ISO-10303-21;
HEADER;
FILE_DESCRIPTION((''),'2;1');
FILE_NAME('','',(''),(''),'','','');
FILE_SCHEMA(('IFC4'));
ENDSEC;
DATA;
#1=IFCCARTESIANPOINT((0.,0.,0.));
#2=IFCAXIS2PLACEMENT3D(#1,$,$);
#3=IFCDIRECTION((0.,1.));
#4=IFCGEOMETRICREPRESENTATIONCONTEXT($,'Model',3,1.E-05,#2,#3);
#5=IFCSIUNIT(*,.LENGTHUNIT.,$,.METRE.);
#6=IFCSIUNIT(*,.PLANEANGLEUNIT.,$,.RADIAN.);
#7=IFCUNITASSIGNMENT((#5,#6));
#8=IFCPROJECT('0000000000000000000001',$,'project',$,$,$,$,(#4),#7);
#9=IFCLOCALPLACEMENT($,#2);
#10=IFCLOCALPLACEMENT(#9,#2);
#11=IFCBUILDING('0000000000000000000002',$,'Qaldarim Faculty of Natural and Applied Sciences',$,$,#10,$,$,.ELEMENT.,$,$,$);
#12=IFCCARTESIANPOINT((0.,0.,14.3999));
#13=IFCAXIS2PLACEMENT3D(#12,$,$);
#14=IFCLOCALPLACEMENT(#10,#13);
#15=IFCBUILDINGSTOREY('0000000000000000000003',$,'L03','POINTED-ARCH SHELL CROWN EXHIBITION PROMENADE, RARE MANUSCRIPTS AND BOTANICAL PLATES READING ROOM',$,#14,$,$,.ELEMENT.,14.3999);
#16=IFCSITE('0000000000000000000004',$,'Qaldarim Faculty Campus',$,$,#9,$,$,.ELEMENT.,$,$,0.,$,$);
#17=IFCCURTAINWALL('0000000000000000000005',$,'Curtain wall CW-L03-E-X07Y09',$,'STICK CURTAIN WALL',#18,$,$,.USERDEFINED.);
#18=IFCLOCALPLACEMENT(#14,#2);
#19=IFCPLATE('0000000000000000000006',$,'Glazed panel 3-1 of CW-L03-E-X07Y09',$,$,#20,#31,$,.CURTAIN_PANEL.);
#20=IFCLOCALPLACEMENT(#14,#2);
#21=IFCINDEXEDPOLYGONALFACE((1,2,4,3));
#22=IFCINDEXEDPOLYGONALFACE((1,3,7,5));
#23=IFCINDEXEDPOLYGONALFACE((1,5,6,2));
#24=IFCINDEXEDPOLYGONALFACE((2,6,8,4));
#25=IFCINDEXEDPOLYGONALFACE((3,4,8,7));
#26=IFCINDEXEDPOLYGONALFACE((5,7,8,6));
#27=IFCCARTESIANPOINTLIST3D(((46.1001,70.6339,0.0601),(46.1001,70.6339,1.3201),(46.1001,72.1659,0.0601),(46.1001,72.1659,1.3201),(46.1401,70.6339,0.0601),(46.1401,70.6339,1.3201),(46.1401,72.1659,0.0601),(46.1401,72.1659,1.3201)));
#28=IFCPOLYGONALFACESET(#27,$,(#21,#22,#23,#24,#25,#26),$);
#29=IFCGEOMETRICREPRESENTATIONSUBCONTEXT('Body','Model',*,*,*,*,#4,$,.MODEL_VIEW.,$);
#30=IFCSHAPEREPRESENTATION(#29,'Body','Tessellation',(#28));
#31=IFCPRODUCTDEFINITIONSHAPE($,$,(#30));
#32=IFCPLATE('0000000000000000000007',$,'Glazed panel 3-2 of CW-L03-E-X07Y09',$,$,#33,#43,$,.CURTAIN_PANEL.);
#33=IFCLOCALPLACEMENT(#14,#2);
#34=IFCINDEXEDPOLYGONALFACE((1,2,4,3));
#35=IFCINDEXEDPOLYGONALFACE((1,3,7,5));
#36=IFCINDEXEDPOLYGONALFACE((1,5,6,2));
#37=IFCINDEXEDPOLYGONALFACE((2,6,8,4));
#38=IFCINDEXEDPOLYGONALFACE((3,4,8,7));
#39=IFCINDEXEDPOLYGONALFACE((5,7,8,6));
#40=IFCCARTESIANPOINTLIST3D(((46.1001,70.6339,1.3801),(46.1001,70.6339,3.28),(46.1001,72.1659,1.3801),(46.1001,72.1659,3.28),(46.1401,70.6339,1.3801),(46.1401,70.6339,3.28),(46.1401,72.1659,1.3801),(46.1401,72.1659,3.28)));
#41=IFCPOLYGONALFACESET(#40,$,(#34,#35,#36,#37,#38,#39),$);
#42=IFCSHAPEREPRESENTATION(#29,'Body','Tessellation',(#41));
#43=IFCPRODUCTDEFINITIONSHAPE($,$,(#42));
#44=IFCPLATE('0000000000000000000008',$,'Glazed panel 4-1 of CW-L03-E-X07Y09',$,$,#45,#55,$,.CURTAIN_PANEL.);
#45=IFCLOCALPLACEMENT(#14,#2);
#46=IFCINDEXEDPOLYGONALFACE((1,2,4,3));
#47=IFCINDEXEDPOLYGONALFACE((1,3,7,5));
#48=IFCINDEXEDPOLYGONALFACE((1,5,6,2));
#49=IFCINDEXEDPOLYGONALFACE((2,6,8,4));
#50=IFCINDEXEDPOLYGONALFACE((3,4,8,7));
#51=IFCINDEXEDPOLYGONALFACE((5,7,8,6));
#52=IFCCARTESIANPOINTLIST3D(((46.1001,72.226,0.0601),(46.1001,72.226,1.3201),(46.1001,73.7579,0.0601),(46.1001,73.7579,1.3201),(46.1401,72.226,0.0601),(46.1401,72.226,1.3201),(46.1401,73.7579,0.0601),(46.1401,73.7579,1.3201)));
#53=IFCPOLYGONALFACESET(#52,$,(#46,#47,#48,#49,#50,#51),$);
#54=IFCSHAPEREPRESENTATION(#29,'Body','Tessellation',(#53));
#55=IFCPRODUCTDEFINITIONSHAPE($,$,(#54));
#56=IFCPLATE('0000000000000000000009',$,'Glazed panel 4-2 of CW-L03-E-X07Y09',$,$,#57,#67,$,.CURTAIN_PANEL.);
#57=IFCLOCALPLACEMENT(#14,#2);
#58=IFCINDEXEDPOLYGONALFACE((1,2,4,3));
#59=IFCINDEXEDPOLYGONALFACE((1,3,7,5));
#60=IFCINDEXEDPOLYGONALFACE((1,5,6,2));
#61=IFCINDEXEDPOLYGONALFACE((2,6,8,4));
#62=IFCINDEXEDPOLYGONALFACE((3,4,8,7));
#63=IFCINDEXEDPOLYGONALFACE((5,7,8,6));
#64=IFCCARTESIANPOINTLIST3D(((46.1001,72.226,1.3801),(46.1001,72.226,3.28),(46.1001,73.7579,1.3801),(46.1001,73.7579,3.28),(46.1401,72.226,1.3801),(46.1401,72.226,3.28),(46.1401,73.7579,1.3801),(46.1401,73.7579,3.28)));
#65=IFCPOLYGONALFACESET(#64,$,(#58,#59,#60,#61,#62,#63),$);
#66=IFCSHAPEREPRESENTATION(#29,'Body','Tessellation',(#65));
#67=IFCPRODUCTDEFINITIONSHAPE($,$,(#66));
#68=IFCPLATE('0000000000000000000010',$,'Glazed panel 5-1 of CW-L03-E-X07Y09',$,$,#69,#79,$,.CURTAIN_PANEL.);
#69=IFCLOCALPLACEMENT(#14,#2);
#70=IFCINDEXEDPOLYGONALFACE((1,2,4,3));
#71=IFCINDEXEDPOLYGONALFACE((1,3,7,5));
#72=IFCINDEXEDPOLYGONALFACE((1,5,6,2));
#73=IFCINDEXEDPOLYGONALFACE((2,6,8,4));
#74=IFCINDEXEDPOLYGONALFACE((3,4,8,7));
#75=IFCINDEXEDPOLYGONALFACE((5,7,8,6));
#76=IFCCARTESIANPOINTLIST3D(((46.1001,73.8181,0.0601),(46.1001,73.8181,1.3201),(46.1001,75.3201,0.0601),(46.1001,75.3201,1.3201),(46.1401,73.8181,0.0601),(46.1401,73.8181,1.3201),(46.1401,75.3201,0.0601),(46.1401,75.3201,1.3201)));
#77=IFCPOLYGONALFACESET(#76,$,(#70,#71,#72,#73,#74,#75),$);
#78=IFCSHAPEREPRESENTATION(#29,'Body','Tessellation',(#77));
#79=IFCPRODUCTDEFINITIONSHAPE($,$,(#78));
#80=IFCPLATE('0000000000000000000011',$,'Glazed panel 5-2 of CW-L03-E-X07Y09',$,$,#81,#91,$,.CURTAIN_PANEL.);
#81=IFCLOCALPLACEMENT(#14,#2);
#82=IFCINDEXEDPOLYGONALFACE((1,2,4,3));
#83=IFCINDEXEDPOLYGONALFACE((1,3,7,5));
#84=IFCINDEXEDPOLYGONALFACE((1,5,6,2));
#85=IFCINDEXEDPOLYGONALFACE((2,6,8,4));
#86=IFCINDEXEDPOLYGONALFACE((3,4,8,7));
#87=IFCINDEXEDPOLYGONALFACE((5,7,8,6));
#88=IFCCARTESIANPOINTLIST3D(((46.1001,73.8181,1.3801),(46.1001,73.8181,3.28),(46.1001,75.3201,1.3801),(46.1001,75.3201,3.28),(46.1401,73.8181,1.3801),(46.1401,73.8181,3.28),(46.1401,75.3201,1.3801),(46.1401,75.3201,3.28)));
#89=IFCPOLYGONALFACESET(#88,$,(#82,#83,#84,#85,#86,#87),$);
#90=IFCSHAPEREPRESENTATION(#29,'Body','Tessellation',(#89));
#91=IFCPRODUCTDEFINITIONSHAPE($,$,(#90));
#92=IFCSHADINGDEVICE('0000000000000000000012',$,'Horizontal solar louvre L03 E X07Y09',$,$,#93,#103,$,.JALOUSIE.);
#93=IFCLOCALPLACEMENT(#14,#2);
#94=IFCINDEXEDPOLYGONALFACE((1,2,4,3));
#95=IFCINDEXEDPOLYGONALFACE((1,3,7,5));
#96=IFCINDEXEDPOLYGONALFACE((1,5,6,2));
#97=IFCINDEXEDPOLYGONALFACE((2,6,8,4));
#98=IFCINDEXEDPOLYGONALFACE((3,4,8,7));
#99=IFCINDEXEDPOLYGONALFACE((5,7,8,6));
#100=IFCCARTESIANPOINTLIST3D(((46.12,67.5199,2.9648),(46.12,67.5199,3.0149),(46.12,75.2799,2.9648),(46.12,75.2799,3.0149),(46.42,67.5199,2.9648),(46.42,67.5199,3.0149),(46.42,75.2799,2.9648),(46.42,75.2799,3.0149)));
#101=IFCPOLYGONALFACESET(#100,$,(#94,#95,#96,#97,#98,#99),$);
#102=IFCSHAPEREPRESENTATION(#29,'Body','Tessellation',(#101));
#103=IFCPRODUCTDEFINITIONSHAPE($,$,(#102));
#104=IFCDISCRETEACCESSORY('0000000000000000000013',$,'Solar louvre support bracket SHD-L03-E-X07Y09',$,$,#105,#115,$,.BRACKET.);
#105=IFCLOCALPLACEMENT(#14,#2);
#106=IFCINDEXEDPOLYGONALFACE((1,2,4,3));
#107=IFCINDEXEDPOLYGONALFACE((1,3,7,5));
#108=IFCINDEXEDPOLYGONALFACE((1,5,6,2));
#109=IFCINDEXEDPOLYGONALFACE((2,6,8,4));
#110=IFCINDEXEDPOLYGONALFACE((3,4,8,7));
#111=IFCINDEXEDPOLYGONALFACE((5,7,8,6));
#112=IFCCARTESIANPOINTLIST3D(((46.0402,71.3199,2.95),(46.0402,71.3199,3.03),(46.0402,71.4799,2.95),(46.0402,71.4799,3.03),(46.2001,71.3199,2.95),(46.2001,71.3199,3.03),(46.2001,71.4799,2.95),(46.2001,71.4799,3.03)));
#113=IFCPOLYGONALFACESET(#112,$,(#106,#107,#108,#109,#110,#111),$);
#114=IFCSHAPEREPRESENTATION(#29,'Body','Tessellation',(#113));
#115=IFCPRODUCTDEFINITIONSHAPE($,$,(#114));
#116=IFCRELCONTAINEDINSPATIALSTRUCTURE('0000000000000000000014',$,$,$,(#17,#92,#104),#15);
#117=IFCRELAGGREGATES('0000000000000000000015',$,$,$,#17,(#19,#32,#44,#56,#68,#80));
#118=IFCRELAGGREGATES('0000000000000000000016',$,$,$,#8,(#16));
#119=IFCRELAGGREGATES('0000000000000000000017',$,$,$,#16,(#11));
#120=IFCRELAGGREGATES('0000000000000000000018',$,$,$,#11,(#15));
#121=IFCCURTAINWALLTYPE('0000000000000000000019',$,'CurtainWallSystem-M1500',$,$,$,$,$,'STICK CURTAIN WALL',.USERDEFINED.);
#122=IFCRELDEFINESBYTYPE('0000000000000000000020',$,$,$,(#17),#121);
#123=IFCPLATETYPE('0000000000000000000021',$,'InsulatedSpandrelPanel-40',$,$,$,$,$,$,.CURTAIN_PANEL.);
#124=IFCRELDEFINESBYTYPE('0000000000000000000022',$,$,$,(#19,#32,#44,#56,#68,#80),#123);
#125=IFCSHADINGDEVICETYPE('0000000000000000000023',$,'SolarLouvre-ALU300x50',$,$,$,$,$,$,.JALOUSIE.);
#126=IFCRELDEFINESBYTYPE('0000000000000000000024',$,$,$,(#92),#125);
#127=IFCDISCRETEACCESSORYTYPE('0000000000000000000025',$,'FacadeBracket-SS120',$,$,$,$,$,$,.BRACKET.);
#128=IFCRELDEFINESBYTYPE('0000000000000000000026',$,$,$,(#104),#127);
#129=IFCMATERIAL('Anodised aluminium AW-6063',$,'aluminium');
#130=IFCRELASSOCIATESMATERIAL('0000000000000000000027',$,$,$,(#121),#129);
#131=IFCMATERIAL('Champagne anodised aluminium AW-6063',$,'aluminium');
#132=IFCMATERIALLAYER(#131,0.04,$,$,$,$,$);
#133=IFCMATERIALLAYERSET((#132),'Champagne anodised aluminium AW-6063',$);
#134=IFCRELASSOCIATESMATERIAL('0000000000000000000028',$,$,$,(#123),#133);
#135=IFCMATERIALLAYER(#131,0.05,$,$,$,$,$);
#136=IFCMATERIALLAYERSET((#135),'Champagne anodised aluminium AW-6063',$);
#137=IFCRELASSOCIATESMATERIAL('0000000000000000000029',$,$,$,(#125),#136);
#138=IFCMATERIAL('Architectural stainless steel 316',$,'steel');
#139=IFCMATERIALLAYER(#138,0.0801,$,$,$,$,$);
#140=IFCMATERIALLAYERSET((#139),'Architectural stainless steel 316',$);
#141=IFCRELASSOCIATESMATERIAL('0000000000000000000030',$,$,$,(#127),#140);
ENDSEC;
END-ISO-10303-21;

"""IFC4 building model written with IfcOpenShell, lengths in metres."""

from ifc_helpers import new_model, si_unit, direction, frame, origin, origin_2d, place, context, subcontext, project, spatial, rectangle, extrude, material, layer, layer_set, type_object, element, aggregate, save


model = new_model("IFC4")

# Units and contexts
model_context = context("Model", 3, precision=1e-05, world=origin(), true_north=direction((0.0, 1.0)))
body_context = subcontext(model_context, "Body", "Model", "MODEL_VIEW")
ifc_project = project(units=[si_unit("LENGTHUNIT", "METRE"), si_unit("PLANEANGLEUNIT", "RADIAN")], contexts=[model_context])

# Site, building, storey
site_placement = place(None, origin())
site = spatial("IfcSite", under=ifc_project, at=site_placement, Name="Qaldarim Faculty Campus", CompositionType="ELEMENT", RefElevation=0.0)
building_placement = place(site_placement, origin())
building = spatial("IfcBuilding", under=site, at=building_placement, Name="Qaldarim Faculty of Natural and Applied Sciences", CompositionType="ELEMENT")
storey_placement = place(building_placement, frame((0.0, 0.0, 14.3999)))
storey = spatial("IfcBuildingStorey", under=building, at=storey_placement, Name="L03", Description="POINTED-ARCH SHELL CROWN EXHIBITION PROMENADE, RARE MANUSCRIPTS AND BOTANICAL PLATES READING ROOM", CompositionType="ELEMENT", Elevation=14.3999)

# Curtain wall
ifc_material_1 = material(Name="Anodised aluminium AW-6063", Category="aluminium")
curtain_wall_type = type_object("IfcCurtainWallType", Name="CurtainWallSystem-M1500", ElementType="STICK CURTAIN WALL", PredefinedType="USERDEFINED", material=ifc_material_1)
curtain_wall_placement = place(storey_placement, origin())
curtain_wall = element("IfcCurtainWall", 1, at=curtain_wall_placement, inside=storey, type_object=curtain_wall_type, Name="Curtain wall CW-L03-E-X07Y09", ObjectType="STICK CURTAIN WALL", PredefinedType="USERDEFINED")

# Plates
ifc_material_2 = material(Name="Champagne anodised aluminium AW-6063", Category="aluminium")
ifc_layer_1 = layer(ifc_material_2, 0.04)
ifc_layer_set_1 = layer_set([ifc_layer_1], Name="Champagne anodised aluminium AW-6063")
plate_type = type_object("IfcPlateType", Name="InsulatedSpandrelPanel-40", PredefinedType="CURTAIN_PANEL", material=ifc_layer_set_1)
plate_1_placement = place(storey_placement, frame((46.1201, 71.3999, 0.0601), z_axis=(0.0, 0.0, 1.0), x_axis=(0.0, 1.0, 0.0)))
plate_1 = element("IfcPlate", 2, at=plate_1_placement, type_object=plate_type, Name="Glazed panel 3-1 of CW-L03-E-X07Y09", PredefinedType="CURTAIN_PANEL", context=body_context, shape_type="SweptSolid", body=[
    extrude(rectangle(XDim=1.532, YDim=0.04, at=origin_2d()), origin(), (0.0, 0.0, 1.0), 1.26),
])
plate_2_placement = place(storey_placement, frame((46.1201, 71.3999, 1.3801), z_axis=(0.0, 0.0, 1.0), x_axis=(0.0, 1.0, 0.0)))
plate_2 = element("IfcPlate", 3, at=plate_2_placement, type_object=plate_type, Name="Glazed panel 3-2 of CW-L03-E-X07Y09", PredefinedType="CURTAIN_PANEL", context=body_context, shape_type="SweptSolid", body=[
    extrude(rectangle(XDim=1.532, YDim=0.04, at=origin_2d()), origin(), (0.0, 0.0, 1.0), 1.8999),
])
plate_3_placement = place(storey_placement, frame((46.1201, 72.9919, 0.0601), z_axis=(0.0, 0.0, 1.0), x_axis=(0.0, 1.0, 0.0)))
plate_3 = element("IfcPlate", 4, at=plate_3_placement, type_object=plate_type, Name="Glazed panel 4-1 of CW-L03-E-X07Y09", PredefinedType="CURTAIN_PANEL", context=body_context, shape_type="SweptSolid", body=[
    extrude(rectangle(XDim=1.532, YDim=0.04, at=origin_2d()), origin(), (0.0, 0.0, 1.0), 1.26),
])
plate_4_placement = place(storey_placement, frame((46.1201, 72.9919, 1.3801), z_axis=(0.0, 0.0, 1.0), x_axis=(0.0, 1.0, 0.0)))
plate_4 = element("IfcPlate", 5, at=plate_4_placement, type_object=plate_type, Name="Glazed panel 4-2 of CW-L03-E-X07Y09", PredefinedType="CURTAIN_PANEL", context=body_context, shape_type="SweptSolid", body=[
    extrude(rectangle(XDim=1.532, YDim=0.04, at=origin_2d()), origin(), (0.0, 0.0, 1.0), 1.8999),
])
plate_5_placement = place(storey_placement, frame((46.1201, 74.5691, 0.0601), z_axis=(0.0, 0.0, 1.0), x_axis=(0.0, 1.0, 0.0)))
plate_5 = element("IfcPlate", 6, at=plate_5_placement, type_object=plate_type, Name="Glazed panel 5-1 of CW-L03-E-X07Y09", PredefinedType="CURTAIN_PANEL", context=body_context, shape_type="SweptSolid", body=[
    extrude(rectangle(XDim=1.502, YDim=0.04, at=origin_2d()), origin(), (0.0, 0.0, 1.0), 1.26),
])
plate_6_placement = place(storey_placement, frame((46.1201, 74.5691, 1.3801), z_axis=(0.0, 0.0, 1.0), x_axis=(0.0, 1.0, 0.0)))
plate_6 = element("IfcPlate", 7, at=plate_6_placement, type_object=plate_type, Name="Glazed panel 5-2 of CW-L03-E-X07Y09", PredefinedType="CURTAIN_PANEL", context=body_context, shape_type="SweptSolid", body=[
    extrude(rectangle(XDim=1.502, YDim=0.04, at=origin_2d()), origin(), (0.0, 0.0, 1.0), 1.8999),
])
aggregate(curtain_wall, [plate_1, plate_2, plate_3, plate_4, plate_5, plate_6])

# Shading device
ifc_layer_2 = layer(ifc_material_2, 0.05)
ifc_layer_set_2 = layer_set([ifc_layer_2], Name="Champagne anodised aluminium AW-6063")
shading_device_type = type_object("IfcShadingDeviceType", Name="SolarLouvre-ALU300x50", PredefinedType="JALOUSIE", material=ifc_layer_set_2)
shading_device_placement = place(storey_placement, frame((46.27, 71.3999, 2.9648), z_axis=(0.0, 0.0, 1.0), x_axis=(0.0, 1.0, 0.0)))
element("IfcShadingDevice", 8, at=shading_device_placement, inside=storey, type_object=shading_device_type, Name="Horizontal solar louvre L03 E X07Y09", PredefinedType="JALOUSIE", context=body_context, shape_type="SweptSolid", body=[
    extrude(rectangle(XDim=7.76, YDim=0.3, at=origin_2d()), origin(), (0.0, 0.0, 1.0), 0.05),
])

# Discrete accessory
ifc_material_3 = material(Name="Architectural stainless steel 316", Category="steel")
ifc_layer_3 = layer(ifc_material_3, 0.0801)
ifc_layer_set_3 = layer_set([ifc_layer_3], Name="Architectural stainless steel 316")
discrete_accessory_type = type_object("IfcDiscreteAccessoryType", Name="FacadeBracket-SS120", PredefinedType="BRACKET", material=ifc_layer_set_3)
discrete_accessory_placement = place(storey_placement, frame((46.1201, 71.3999, 2.95), z_axis=(0.0, 0.0, 1.0), x_axis=(0.0, 1.0, 0.0)))
element("IfcDiscreteAccessory", 9, at=discrete_accessory_placement, inside=storey, type_object=discrete_accessory_type, Name="Solar louvre support bracket SHD-L03-E-X07Y09", PredefinedType="BRACKET", context=body_context, shape_type="SweptSolid", body=[
    extrude(rectangle(XDim=0.1599, YDim=0.1599, at=origin_2d()), origin(), (0.0, 0.0, 1.0), 0.0801),
])

save(model, "model.ifc")
